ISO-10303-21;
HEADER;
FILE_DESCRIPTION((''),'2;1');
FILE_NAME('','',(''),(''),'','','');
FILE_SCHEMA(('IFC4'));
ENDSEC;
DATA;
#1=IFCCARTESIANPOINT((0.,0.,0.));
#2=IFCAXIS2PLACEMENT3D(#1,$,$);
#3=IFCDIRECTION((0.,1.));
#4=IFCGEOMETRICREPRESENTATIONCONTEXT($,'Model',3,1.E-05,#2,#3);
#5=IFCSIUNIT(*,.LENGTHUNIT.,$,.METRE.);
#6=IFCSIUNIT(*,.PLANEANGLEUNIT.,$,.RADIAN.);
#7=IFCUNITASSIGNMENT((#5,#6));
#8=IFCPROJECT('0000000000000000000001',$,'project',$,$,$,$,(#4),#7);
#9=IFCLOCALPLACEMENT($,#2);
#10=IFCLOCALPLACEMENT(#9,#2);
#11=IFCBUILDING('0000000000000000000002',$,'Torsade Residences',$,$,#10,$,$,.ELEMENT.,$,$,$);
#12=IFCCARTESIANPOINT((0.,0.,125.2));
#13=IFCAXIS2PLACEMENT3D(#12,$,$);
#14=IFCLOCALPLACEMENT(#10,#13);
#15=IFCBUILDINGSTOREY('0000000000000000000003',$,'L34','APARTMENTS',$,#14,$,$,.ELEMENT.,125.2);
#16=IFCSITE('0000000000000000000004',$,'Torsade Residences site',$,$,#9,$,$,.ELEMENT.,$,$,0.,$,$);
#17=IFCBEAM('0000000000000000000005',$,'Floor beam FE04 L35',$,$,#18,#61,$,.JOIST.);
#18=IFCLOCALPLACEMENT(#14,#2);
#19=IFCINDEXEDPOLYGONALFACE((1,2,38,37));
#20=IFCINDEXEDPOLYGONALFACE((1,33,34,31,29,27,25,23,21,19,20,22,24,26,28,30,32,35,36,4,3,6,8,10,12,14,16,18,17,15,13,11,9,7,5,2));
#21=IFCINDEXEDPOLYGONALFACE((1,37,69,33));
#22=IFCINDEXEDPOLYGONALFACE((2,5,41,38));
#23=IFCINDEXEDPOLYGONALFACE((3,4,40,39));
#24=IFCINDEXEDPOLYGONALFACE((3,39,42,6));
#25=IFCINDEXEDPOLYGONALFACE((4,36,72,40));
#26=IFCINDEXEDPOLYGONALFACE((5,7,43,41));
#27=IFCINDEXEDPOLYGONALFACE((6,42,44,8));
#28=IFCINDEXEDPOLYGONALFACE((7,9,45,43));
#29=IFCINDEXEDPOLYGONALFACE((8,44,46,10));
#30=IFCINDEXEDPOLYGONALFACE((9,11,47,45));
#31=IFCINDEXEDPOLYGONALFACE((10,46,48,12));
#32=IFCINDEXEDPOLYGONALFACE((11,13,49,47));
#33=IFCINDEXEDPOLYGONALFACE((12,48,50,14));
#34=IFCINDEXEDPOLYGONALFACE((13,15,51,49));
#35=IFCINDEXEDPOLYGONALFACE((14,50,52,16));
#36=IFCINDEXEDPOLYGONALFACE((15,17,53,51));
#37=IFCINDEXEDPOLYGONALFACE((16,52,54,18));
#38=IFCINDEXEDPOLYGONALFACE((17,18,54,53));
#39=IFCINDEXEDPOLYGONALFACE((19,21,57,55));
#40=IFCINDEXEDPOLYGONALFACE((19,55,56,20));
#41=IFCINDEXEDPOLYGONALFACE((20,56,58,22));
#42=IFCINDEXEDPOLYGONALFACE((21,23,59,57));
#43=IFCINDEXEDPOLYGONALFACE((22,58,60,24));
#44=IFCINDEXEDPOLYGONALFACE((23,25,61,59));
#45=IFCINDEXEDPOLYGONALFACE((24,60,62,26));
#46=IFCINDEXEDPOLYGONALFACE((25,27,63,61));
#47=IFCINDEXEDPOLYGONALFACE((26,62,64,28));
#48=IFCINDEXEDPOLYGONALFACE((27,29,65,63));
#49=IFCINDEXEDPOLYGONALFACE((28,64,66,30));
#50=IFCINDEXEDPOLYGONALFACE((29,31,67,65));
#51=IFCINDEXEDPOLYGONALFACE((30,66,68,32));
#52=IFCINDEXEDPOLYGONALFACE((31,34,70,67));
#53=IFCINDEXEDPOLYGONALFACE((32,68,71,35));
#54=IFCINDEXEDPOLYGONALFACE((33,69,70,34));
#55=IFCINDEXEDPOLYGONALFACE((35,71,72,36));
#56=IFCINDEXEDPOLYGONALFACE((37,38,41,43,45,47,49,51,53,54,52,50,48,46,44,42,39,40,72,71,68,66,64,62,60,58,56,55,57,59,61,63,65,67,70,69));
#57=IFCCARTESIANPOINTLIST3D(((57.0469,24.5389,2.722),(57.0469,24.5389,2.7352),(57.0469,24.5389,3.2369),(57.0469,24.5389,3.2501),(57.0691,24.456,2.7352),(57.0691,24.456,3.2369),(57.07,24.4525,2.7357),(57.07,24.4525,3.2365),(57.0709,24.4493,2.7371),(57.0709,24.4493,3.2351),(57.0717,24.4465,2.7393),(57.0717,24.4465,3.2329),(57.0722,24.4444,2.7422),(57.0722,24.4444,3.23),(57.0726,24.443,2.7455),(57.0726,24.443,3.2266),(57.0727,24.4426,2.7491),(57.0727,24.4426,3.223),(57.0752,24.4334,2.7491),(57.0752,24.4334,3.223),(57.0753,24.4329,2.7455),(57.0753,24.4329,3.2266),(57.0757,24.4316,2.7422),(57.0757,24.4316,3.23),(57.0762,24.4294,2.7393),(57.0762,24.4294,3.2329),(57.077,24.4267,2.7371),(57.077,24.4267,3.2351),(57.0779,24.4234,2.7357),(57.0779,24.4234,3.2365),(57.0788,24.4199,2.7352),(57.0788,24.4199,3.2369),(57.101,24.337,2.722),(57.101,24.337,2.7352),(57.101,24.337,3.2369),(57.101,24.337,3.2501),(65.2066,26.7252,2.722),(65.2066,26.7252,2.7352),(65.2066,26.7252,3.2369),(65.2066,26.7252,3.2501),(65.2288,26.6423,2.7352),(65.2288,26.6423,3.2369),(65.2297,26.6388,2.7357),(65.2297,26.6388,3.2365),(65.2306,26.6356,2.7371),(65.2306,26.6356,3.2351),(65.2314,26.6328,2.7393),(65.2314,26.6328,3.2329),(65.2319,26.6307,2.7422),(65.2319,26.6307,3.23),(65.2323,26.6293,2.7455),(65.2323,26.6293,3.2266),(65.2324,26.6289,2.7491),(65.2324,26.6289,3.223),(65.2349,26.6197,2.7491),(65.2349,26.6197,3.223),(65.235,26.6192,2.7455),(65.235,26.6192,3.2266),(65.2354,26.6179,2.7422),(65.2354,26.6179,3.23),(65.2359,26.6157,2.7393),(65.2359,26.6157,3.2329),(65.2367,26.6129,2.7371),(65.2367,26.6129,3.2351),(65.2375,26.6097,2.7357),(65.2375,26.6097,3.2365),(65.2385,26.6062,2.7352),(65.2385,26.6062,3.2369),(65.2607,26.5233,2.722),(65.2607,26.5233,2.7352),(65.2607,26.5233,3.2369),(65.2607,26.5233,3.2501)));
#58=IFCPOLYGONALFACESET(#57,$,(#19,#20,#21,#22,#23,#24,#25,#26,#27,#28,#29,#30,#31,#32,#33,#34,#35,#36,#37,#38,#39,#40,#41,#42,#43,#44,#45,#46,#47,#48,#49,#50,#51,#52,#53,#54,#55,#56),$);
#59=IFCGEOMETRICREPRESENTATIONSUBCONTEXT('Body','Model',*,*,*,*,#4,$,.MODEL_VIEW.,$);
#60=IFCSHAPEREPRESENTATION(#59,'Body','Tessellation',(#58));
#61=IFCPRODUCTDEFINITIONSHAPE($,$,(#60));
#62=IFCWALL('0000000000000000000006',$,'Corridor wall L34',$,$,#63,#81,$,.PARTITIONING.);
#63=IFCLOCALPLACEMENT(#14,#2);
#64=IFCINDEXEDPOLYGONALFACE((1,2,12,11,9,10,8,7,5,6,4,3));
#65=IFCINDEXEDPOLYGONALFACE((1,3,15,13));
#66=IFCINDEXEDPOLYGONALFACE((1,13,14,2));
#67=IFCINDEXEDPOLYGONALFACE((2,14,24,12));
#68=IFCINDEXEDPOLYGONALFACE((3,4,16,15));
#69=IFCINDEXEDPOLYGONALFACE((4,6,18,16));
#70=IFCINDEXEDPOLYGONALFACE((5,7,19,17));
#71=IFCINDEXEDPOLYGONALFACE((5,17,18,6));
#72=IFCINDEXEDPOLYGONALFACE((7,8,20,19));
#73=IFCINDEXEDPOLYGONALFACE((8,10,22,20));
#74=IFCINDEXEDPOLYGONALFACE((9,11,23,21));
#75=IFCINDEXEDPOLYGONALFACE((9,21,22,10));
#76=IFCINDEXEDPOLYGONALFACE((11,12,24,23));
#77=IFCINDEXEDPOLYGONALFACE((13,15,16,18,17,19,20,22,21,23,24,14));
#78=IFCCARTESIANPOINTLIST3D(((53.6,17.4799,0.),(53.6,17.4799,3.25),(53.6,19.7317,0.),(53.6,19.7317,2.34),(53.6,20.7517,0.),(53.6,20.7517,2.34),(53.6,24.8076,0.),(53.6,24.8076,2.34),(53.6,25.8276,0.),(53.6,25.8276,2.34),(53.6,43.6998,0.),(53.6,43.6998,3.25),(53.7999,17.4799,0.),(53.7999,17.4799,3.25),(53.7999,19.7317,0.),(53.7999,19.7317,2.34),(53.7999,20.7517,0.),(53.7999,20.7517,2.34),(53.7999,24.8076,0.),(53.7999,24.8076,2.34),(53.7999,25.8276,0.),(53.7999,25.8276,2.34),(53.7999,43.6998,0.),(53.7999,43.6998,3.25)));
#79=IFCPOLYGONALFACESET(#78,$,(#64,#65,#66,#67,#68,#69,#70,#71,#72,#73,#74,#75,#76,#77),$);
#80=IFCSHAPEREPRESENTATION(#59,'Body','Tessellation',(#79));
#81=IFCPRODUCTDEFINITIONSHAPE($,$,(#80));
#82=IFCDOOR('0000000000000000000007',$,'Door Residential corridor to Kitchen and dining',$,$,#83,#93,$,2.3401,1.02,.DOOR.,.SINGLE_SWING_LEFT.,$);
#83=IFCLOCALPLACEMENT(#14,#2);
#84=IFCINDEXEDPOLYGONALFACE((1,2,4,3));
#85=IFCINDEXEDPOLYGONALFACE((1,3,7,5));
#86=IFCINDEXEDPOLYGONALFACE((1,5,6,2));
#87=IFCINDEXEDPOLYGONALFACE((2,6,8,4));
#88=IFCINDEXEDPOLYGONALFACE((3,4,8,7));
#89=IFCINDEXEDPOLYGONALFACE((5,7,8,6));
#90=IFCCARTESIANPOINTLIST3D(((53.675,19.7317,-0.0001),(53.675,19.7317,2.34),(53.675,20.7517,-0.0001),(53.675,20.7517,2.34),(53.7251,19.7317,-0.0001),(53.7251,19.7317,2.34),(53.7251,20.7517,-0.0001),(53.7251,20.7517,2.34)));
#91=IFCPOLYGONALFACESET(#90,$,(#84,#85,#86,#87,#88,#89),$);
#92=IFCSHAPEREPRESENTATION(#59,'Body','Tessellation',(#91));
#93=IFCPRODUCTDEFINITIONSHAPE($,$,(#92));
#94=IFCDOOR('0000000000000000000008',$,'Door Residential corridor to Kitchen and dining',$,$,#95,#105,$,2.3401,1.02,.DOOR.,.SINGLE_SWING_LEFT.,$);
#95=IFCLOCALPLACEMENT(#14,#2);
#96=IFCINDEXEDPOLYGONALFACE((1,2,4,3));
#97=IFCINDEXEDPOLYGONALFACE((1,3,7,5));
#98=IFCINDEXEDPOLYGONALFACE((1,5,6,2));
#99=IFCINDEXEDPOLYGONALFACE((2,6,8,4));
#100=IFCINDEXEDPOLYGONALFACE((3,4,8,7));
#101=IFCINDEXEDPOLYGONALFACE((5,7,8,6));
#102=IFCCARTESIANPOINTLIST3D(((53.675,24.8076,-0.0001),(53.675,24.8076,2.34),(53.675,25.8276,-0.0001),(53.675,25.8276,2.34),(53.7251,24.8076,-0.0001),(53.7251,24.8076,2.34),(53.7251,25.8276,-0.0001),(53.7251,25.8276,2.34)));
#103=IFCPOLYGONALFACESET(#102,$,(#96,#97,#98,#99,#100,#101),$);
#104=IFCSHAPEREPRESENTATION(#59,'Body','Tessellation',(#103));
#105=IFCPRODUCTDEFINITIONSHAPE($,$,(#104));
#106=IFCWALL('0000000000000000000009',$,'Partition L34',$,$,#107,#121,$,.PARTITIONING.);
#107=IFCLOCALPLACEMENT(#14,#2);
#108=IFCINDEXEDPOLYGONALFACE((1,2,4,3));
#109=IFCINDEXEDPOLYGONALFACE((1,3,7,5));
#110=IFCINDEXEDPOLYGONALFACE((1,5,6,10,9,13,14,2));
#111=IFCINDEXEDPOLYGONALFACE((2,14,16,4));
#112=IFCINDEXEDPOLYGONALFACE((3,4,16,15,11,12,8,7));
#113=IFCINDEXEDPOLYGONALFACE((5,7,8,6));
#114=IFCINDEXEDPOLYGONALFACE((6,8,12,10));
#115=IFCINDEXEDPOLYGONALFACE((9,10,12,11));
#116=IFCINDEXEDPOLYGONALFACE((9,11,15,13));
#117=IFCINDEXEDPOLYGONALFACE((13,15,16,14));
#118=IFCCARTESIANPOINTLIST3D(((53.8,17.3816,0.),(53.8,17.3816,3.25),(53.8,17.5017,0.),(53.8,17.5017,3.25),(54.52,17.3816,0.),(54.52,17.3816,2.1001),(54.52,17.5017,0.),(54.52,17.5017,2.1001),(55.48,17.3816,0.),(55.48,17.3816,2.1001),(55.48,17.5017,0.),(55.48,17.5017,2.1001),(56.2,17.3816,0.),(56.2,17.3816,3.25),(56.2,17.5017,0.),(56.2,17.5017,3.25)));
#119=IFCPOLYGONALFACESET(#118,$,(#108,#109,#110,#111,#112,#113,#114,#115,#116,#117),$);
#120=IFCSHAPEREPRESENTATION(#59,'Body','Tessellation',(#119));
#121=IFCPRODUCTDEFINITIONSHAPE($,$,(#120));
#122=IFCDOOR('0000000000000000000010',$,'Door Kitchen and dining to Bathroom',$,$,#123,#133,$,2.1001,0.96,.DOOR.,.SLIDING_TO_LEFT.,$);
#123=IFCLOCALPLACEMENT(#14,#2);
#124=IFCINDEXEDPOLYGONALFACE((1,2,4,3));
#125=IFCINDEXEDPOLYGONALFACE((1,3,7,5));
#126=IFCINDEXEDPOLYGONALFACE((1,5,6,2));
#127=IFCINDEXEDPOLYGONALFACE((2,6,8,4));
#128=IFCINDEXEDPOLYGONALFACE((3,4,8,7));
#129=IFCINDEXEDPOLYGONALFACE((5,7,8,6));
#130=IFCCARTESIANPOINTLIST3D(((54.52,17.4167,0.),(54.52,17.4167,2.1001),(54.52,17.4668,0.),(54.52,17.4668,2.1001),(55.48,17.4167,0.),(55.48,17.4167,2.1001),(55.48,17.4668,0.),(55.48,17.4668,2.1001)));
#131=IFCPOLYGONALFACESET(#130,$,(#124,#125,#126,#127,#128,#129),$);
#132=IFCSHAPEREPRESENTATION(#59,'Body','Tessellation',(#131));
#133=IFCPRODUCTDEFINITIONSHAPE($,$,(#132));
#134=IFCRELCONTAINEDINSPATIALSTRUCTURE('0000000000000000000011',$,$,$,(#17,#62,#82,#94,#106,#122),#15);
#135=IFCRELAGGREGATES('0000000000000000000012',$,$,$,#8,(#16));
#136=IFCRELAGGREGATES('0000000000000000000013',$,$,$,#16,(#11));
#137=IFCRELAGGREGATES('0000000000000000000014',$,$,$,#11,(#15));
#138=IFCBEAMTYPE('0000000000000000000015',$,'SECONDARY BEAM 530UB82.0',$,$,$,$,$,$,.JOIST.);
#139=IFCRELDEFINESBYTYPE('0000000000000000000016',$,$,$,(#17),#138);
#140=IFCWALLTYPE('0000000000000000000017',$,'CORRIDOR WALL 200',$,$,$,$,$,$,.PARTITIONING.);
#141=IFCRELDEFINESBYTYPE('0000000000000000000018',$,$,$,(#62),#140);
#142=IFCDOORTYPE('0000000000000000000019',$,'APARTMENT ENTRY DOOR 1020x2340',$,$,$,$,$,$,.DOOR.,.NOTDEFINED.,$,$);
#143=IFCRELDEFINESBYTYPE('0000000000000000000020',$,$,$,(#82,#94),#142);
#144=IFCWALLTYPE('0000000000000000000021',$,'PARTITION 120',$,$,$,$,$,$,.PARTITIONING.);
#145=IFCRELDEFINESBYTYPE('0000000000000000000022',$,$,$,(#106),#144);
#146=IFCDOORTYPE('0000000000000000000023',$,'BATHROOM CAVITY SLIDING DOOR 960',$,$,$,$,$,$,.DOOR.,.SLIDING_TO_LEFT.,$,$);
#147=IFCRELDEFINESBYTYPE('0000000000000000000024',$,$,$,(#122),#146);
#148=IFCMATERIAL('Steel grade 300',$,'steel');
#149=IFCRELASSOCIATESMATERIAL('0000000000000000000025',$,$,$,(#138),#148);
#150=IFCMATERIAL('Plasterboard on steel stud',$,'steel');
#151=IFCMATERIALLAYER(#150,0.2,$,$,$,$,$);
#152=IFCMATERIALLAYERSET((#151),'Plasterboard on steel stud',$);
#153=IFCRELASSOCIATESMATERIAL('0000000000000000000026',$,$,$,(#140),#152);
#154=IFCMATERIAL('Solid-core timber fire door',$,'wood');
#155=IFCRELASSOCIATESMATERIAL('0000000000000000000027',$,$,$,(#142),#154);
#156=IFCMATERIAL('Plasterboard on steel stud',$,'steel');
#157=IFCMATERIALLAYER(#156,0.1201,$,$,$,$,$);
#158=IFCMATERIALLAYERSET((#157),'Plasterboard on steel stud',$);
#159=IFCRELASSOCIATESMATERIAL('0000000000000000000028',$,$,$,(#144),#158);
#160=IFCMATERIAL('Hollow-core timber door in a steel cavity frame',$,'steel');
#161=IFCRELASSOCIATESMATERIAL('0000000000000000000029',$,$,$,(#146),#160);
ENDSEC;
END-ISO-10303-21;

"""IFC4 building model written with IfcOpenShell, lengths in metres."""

from ifc_helpers import new_model, si_unit, direction, frame, frame_2d, origin, origin_2d, place, context, subcontext, project, spatial, rectangle, i_section, extrude, material, layer, layer_set, material_profile, profile_set, type_object, element, fill, save


model = new_model("IFC4")

# Units and contexts
model_context = context("Model", 3, precision=1e-05, world=origin(), true_north=direction((0.0, 1.0)))
body_context = subcontext(model_context, "Body", "Model", "MODEL_VIEW")
ifc_project = project(units=[si_unit("LENGTHUNIT", "METRE"), si_unit("PLANEANGLEUNIT", "RADIAN")], contexts=[model_context])

# Site, building, storey
site_placement = place(None, origin())
site = spatial("IfcSite", under=ifc_project, at=site_placement, Name="Torsade Residences site", CompositionType="ELEMENT", RefElevation=0.0)
building_placement = place(site_placement, origin())
building = spatial("IfcBuilding", under=site, at=building_placement, Name="Torsade Residences", CompositionType="ELEMENT")
storey_placement = place(building_placement, frame((0.0, 0.0, 125.2)))
storey = spatial("IfcBuildingStorey", under=building, at=storey_placement, Name="L34", Description="APARTMENTS", CompositionType="ELEMENT", Elevation=125.2)

# Beam
ifc_material_1 = material(Name="Steel grade 300", Category="steel")
ifc_material_profile_1 = material_profile(ifc_material_1, i_section(OverallWidth=0.209, OverallDepth=0.5281, WebThickness=0.0095, FlangeThickness=0.0132, FilletRadius=0.0139, at=origin_2d()), Name="530UB82.0")
ifc_profile_set_1 = profile_set([ifc_material_profile_1], Name="Steel grade 300")
beam_type_1 = type_object("IfcBeamType", Name="SECONDARY BEAM 530UB82.0", PredefinedType="JOIST", material=ifc_profile_set_1)
beam_1_placement = place(storey_placement, frame((65.2336, 26.6243, 2.9861), z_axis=(-0.965929, -0.258808, 0.0), x_axis=(0.258808, -0.965929, 0.0)))
element("IfcBeam", 1, at=beam_1_placement, inside=storey, type_object=beam_type_1, Name="Floor beam FE04 L35", PredefinedType="JOIST", context=body_context, shape_type="SweptSolid", body=[
    extrude(i_section(OverallWidth=0.209, OverallDepth=0.5281, WebThickness=0.0095, FlangeThickness=0.0132, FilletRadius=0.0139, at=origin_2d()), origin(), (0.0, 0.0, 1.0), 8.4475),
])

# Wall, openings, doors
ifc_material_2 = material(Name="Plasterboard on steel stud", Category="steel")
ifc_layer_1 = layer(ifc_material_2, 0.2)
ifc_layer_set_1 = layer_set([ifc_layer_1], Name="Plasterboard on steel stud")
wall_type_1 = type_object("IfcWallType", Name="CORRIDOR WALL 200", PredefinedType="PARTITIONING", material=ifc_layer_set_1)
wall_1_placement = place(storey_placement, frame((53.7, 17.48, 0.0), z_axis=(0.0, 0.0, 1.0), x_axis=(0.0, 1.0, 0.0)))
wall_1 = element("IfcWall", 2, at=wall_1_placement, inside=storey, type_object=wall_type_1, Name="Corridor wall L34", PredefinedType="PARTITIONING", context=body_context, shape_type="SweptSolid", body=[
    extrude(rectangle(XDim=26.22, YDim=0.2, at=frame_2d((13.1099, 0.0))), origin(), (0.0, 0.0, 1.0), 3.25),
])
opening_1_placement = place(wall_1_placement, frame((2.2517, 0.0, 0.0)))
opening_1 = element("IfcOpeningElement", 3, at=opening_1_placement, cuts=wall_1, PredefinedType="OPENING", context=body_context, shape_type="SweptSolid", body=[
    extrude(rectangle(XDim=1.02, YDim=2.3401, at=frame_2d((0.51, 1.1699))), frame((0.0, 0.1099, 0.0), z_axis=(0.0, -1.0, 0.0), x_axis=(1.0, 0.0, 0.0)), (0.0, 0.0, 1.0), 0.22),
])
opening_2_placement = place(wall_1_placement, frame((7.3276, 0.0, 0.0)))
opening_2 = element("IfcOpeningElement", 4, at=opening_2_placement, cuts=wall_1, PredefinedType="OPENING", context=body_context, shape_type="SweptSolid", body=[
    extrude(rectangle(XDim=1.02, YDim=2.3401, at=frame_2d((0.51, 1.1699))), frame((0.0, 0.1099, 0.0), z_axis=(0.0, -1.0, 0.0), x_axis=(1.0, 0.0, 0.0)), (0.0, 0.0, 1.0), 0.22),
])
ifc_material_3 = material(Name="Solid-core timber fire door", Category="wood")
door_type_1 = type_object("IfcDoorType", Name="APARTMENT ENTRY DOOR 1020x2340", OperationType="NOTDEFINED", PredefinedType="DOOR", material=ifc_material_3)
door_1_placement = place(opening_1_placement, origin())
door_1 = element("IfcDoor", 5, at=door_1_placement, inside=storey, type_object=door_type_1, Name="Door Residential corridor to Kitchen and dining", OperationType="SINGLE_SWING_LEFT", OverallHeight=2.3401, OverallWidth=1.02, PredefinedType="DOOR", context=body_context, shape_type="SweptSolid", body=[
    extrude(rectangle(XDim=1.02, YDim=2.3401, at=frame_2d((0.51, 1.1699))), frame((0.0, 0.0249, 0.0), z_axis=(0.0, -1.0, 0.0), x_axis=(1.0, 0.0, 0.0)), (0.0, 0.0, 1.0), 0.05),
])
fill(opening_1, door_1)
door_2_placement = place(opening_2_placement, origin())
door_2 = element("IfcDoor", 6, at=door_2_placement, inside=storey, type_object=door_type_1, Name="Door Residential corridor to Kitchen and dining", OperationType="SINGLE_SWING_LEFT", OverallHeight=2.3401, OverallWidth=1.02, PredefinedType="DOOR", context=body_context, shape_type="SweptSolid", body=[
    extrude(rectangle(XDim=1.02, YDim=2.3401, at=frame_2d((0.51, 1.1699))), frame((0.0, 0.0249, 0.0), z_axis=(0.0, -1.0, 0.0), x_axis=(1.0, 0.0, 0.0)), (0.0, 0.0, 1.0), 0.05),
])
fill(opening_2, door_2)

# Wall, opening, door
ifc_material_4 = material(Name="Plasterboard on steel stud", Category="steel")
ifc_layer_2 = layer(ifc_material_4, 0.1201)
ifc_layer_set_2 = layer_set([ifc_layer_2], Name="Plasterboard on steel stud")
wall_type_2 = type_object("IfcWallType", Name="PARTITION 120", PredefinedType="PARTITIONING", material=ifc_layer_set_2)
wall_2_placement = place(storey_placement, frame((56.2, 17.4417, 0.0), z_axis=(0.0, 0.0, 1.0), x_axis=(-1.0, 0.0, 0.0)))
wall_2 = element("IfcWall", 7, at=wall_2_placement, inside=storey, type_object=wall_type_2, Name="Partition L34", PredefinedType="PARTITIONING", context=body_context, shape_type="SweptSolid", body=[
    extrude(rectangle(XDim=2.3999, YDim=0.1201, at=frame_2d((1.2, 0.0))), origin(), (0.0, 0.0, 1.0), 3.25),
])
opening_3_placement = place(wall_2_placement, frame((0.72, 0.0, 0.0)))
opening_3 = element("IfcOpeningElement", 8, at=opening_3_placement, cuts=wall_2, PredefinedType="OPENING", context=body_context, shape_type="SweptSolid", body=[
    extrude(rectangle(XDim=0.96, YDim=2.1001, at=frame_2d((0.48, 1.05))), frame((0.0, 0.0701, 0.0), z_axis=(0.0, -1.0, 0.0), x_axis=(1.0, 0.0, 0.0)), (0.0, 0.0, 1.0), 0.1401),
])
ifc_material_5 = material(Name="Hollow-core timber door in a steel cavity frame", Category="steel")
door_type_2 = type_object("IfcDoorType", Name="BATHROOM CAVITY SLIDING DOOR 960", OperationType="SLIDING_TO_LEFT", PredefinedType="DOOR", material=ifc_material_5)
door_3_placement = place(opening_3_placement, origin())
door_3 = element("IfcDoor", 9, at=door_3_placement, inside=storey, type_object=door_type_2, Name="Door Kitchen and dining to Bathroom", OperationType="SLIDING_TO_LEFT", OverallHeight=2.1001, OverallWidth=0.96, PredefinedType="DOOR", context=body_context, shape_type="SweptSolid", body=[
    extrude(rectangle(XDim=0.96, YDim=2.1001, at=frame_2d((0.48, 1.05))), frame((0.0, 0.0249, 0.0), z_axis=(0.0, -1.0, 0.0), x_axis=(1.0, 0.0, 0.0)), (0.0, 0.0, 1.0), 0.05),
])
fill(opening_3, door_3)

save(model, "model.ifc")
